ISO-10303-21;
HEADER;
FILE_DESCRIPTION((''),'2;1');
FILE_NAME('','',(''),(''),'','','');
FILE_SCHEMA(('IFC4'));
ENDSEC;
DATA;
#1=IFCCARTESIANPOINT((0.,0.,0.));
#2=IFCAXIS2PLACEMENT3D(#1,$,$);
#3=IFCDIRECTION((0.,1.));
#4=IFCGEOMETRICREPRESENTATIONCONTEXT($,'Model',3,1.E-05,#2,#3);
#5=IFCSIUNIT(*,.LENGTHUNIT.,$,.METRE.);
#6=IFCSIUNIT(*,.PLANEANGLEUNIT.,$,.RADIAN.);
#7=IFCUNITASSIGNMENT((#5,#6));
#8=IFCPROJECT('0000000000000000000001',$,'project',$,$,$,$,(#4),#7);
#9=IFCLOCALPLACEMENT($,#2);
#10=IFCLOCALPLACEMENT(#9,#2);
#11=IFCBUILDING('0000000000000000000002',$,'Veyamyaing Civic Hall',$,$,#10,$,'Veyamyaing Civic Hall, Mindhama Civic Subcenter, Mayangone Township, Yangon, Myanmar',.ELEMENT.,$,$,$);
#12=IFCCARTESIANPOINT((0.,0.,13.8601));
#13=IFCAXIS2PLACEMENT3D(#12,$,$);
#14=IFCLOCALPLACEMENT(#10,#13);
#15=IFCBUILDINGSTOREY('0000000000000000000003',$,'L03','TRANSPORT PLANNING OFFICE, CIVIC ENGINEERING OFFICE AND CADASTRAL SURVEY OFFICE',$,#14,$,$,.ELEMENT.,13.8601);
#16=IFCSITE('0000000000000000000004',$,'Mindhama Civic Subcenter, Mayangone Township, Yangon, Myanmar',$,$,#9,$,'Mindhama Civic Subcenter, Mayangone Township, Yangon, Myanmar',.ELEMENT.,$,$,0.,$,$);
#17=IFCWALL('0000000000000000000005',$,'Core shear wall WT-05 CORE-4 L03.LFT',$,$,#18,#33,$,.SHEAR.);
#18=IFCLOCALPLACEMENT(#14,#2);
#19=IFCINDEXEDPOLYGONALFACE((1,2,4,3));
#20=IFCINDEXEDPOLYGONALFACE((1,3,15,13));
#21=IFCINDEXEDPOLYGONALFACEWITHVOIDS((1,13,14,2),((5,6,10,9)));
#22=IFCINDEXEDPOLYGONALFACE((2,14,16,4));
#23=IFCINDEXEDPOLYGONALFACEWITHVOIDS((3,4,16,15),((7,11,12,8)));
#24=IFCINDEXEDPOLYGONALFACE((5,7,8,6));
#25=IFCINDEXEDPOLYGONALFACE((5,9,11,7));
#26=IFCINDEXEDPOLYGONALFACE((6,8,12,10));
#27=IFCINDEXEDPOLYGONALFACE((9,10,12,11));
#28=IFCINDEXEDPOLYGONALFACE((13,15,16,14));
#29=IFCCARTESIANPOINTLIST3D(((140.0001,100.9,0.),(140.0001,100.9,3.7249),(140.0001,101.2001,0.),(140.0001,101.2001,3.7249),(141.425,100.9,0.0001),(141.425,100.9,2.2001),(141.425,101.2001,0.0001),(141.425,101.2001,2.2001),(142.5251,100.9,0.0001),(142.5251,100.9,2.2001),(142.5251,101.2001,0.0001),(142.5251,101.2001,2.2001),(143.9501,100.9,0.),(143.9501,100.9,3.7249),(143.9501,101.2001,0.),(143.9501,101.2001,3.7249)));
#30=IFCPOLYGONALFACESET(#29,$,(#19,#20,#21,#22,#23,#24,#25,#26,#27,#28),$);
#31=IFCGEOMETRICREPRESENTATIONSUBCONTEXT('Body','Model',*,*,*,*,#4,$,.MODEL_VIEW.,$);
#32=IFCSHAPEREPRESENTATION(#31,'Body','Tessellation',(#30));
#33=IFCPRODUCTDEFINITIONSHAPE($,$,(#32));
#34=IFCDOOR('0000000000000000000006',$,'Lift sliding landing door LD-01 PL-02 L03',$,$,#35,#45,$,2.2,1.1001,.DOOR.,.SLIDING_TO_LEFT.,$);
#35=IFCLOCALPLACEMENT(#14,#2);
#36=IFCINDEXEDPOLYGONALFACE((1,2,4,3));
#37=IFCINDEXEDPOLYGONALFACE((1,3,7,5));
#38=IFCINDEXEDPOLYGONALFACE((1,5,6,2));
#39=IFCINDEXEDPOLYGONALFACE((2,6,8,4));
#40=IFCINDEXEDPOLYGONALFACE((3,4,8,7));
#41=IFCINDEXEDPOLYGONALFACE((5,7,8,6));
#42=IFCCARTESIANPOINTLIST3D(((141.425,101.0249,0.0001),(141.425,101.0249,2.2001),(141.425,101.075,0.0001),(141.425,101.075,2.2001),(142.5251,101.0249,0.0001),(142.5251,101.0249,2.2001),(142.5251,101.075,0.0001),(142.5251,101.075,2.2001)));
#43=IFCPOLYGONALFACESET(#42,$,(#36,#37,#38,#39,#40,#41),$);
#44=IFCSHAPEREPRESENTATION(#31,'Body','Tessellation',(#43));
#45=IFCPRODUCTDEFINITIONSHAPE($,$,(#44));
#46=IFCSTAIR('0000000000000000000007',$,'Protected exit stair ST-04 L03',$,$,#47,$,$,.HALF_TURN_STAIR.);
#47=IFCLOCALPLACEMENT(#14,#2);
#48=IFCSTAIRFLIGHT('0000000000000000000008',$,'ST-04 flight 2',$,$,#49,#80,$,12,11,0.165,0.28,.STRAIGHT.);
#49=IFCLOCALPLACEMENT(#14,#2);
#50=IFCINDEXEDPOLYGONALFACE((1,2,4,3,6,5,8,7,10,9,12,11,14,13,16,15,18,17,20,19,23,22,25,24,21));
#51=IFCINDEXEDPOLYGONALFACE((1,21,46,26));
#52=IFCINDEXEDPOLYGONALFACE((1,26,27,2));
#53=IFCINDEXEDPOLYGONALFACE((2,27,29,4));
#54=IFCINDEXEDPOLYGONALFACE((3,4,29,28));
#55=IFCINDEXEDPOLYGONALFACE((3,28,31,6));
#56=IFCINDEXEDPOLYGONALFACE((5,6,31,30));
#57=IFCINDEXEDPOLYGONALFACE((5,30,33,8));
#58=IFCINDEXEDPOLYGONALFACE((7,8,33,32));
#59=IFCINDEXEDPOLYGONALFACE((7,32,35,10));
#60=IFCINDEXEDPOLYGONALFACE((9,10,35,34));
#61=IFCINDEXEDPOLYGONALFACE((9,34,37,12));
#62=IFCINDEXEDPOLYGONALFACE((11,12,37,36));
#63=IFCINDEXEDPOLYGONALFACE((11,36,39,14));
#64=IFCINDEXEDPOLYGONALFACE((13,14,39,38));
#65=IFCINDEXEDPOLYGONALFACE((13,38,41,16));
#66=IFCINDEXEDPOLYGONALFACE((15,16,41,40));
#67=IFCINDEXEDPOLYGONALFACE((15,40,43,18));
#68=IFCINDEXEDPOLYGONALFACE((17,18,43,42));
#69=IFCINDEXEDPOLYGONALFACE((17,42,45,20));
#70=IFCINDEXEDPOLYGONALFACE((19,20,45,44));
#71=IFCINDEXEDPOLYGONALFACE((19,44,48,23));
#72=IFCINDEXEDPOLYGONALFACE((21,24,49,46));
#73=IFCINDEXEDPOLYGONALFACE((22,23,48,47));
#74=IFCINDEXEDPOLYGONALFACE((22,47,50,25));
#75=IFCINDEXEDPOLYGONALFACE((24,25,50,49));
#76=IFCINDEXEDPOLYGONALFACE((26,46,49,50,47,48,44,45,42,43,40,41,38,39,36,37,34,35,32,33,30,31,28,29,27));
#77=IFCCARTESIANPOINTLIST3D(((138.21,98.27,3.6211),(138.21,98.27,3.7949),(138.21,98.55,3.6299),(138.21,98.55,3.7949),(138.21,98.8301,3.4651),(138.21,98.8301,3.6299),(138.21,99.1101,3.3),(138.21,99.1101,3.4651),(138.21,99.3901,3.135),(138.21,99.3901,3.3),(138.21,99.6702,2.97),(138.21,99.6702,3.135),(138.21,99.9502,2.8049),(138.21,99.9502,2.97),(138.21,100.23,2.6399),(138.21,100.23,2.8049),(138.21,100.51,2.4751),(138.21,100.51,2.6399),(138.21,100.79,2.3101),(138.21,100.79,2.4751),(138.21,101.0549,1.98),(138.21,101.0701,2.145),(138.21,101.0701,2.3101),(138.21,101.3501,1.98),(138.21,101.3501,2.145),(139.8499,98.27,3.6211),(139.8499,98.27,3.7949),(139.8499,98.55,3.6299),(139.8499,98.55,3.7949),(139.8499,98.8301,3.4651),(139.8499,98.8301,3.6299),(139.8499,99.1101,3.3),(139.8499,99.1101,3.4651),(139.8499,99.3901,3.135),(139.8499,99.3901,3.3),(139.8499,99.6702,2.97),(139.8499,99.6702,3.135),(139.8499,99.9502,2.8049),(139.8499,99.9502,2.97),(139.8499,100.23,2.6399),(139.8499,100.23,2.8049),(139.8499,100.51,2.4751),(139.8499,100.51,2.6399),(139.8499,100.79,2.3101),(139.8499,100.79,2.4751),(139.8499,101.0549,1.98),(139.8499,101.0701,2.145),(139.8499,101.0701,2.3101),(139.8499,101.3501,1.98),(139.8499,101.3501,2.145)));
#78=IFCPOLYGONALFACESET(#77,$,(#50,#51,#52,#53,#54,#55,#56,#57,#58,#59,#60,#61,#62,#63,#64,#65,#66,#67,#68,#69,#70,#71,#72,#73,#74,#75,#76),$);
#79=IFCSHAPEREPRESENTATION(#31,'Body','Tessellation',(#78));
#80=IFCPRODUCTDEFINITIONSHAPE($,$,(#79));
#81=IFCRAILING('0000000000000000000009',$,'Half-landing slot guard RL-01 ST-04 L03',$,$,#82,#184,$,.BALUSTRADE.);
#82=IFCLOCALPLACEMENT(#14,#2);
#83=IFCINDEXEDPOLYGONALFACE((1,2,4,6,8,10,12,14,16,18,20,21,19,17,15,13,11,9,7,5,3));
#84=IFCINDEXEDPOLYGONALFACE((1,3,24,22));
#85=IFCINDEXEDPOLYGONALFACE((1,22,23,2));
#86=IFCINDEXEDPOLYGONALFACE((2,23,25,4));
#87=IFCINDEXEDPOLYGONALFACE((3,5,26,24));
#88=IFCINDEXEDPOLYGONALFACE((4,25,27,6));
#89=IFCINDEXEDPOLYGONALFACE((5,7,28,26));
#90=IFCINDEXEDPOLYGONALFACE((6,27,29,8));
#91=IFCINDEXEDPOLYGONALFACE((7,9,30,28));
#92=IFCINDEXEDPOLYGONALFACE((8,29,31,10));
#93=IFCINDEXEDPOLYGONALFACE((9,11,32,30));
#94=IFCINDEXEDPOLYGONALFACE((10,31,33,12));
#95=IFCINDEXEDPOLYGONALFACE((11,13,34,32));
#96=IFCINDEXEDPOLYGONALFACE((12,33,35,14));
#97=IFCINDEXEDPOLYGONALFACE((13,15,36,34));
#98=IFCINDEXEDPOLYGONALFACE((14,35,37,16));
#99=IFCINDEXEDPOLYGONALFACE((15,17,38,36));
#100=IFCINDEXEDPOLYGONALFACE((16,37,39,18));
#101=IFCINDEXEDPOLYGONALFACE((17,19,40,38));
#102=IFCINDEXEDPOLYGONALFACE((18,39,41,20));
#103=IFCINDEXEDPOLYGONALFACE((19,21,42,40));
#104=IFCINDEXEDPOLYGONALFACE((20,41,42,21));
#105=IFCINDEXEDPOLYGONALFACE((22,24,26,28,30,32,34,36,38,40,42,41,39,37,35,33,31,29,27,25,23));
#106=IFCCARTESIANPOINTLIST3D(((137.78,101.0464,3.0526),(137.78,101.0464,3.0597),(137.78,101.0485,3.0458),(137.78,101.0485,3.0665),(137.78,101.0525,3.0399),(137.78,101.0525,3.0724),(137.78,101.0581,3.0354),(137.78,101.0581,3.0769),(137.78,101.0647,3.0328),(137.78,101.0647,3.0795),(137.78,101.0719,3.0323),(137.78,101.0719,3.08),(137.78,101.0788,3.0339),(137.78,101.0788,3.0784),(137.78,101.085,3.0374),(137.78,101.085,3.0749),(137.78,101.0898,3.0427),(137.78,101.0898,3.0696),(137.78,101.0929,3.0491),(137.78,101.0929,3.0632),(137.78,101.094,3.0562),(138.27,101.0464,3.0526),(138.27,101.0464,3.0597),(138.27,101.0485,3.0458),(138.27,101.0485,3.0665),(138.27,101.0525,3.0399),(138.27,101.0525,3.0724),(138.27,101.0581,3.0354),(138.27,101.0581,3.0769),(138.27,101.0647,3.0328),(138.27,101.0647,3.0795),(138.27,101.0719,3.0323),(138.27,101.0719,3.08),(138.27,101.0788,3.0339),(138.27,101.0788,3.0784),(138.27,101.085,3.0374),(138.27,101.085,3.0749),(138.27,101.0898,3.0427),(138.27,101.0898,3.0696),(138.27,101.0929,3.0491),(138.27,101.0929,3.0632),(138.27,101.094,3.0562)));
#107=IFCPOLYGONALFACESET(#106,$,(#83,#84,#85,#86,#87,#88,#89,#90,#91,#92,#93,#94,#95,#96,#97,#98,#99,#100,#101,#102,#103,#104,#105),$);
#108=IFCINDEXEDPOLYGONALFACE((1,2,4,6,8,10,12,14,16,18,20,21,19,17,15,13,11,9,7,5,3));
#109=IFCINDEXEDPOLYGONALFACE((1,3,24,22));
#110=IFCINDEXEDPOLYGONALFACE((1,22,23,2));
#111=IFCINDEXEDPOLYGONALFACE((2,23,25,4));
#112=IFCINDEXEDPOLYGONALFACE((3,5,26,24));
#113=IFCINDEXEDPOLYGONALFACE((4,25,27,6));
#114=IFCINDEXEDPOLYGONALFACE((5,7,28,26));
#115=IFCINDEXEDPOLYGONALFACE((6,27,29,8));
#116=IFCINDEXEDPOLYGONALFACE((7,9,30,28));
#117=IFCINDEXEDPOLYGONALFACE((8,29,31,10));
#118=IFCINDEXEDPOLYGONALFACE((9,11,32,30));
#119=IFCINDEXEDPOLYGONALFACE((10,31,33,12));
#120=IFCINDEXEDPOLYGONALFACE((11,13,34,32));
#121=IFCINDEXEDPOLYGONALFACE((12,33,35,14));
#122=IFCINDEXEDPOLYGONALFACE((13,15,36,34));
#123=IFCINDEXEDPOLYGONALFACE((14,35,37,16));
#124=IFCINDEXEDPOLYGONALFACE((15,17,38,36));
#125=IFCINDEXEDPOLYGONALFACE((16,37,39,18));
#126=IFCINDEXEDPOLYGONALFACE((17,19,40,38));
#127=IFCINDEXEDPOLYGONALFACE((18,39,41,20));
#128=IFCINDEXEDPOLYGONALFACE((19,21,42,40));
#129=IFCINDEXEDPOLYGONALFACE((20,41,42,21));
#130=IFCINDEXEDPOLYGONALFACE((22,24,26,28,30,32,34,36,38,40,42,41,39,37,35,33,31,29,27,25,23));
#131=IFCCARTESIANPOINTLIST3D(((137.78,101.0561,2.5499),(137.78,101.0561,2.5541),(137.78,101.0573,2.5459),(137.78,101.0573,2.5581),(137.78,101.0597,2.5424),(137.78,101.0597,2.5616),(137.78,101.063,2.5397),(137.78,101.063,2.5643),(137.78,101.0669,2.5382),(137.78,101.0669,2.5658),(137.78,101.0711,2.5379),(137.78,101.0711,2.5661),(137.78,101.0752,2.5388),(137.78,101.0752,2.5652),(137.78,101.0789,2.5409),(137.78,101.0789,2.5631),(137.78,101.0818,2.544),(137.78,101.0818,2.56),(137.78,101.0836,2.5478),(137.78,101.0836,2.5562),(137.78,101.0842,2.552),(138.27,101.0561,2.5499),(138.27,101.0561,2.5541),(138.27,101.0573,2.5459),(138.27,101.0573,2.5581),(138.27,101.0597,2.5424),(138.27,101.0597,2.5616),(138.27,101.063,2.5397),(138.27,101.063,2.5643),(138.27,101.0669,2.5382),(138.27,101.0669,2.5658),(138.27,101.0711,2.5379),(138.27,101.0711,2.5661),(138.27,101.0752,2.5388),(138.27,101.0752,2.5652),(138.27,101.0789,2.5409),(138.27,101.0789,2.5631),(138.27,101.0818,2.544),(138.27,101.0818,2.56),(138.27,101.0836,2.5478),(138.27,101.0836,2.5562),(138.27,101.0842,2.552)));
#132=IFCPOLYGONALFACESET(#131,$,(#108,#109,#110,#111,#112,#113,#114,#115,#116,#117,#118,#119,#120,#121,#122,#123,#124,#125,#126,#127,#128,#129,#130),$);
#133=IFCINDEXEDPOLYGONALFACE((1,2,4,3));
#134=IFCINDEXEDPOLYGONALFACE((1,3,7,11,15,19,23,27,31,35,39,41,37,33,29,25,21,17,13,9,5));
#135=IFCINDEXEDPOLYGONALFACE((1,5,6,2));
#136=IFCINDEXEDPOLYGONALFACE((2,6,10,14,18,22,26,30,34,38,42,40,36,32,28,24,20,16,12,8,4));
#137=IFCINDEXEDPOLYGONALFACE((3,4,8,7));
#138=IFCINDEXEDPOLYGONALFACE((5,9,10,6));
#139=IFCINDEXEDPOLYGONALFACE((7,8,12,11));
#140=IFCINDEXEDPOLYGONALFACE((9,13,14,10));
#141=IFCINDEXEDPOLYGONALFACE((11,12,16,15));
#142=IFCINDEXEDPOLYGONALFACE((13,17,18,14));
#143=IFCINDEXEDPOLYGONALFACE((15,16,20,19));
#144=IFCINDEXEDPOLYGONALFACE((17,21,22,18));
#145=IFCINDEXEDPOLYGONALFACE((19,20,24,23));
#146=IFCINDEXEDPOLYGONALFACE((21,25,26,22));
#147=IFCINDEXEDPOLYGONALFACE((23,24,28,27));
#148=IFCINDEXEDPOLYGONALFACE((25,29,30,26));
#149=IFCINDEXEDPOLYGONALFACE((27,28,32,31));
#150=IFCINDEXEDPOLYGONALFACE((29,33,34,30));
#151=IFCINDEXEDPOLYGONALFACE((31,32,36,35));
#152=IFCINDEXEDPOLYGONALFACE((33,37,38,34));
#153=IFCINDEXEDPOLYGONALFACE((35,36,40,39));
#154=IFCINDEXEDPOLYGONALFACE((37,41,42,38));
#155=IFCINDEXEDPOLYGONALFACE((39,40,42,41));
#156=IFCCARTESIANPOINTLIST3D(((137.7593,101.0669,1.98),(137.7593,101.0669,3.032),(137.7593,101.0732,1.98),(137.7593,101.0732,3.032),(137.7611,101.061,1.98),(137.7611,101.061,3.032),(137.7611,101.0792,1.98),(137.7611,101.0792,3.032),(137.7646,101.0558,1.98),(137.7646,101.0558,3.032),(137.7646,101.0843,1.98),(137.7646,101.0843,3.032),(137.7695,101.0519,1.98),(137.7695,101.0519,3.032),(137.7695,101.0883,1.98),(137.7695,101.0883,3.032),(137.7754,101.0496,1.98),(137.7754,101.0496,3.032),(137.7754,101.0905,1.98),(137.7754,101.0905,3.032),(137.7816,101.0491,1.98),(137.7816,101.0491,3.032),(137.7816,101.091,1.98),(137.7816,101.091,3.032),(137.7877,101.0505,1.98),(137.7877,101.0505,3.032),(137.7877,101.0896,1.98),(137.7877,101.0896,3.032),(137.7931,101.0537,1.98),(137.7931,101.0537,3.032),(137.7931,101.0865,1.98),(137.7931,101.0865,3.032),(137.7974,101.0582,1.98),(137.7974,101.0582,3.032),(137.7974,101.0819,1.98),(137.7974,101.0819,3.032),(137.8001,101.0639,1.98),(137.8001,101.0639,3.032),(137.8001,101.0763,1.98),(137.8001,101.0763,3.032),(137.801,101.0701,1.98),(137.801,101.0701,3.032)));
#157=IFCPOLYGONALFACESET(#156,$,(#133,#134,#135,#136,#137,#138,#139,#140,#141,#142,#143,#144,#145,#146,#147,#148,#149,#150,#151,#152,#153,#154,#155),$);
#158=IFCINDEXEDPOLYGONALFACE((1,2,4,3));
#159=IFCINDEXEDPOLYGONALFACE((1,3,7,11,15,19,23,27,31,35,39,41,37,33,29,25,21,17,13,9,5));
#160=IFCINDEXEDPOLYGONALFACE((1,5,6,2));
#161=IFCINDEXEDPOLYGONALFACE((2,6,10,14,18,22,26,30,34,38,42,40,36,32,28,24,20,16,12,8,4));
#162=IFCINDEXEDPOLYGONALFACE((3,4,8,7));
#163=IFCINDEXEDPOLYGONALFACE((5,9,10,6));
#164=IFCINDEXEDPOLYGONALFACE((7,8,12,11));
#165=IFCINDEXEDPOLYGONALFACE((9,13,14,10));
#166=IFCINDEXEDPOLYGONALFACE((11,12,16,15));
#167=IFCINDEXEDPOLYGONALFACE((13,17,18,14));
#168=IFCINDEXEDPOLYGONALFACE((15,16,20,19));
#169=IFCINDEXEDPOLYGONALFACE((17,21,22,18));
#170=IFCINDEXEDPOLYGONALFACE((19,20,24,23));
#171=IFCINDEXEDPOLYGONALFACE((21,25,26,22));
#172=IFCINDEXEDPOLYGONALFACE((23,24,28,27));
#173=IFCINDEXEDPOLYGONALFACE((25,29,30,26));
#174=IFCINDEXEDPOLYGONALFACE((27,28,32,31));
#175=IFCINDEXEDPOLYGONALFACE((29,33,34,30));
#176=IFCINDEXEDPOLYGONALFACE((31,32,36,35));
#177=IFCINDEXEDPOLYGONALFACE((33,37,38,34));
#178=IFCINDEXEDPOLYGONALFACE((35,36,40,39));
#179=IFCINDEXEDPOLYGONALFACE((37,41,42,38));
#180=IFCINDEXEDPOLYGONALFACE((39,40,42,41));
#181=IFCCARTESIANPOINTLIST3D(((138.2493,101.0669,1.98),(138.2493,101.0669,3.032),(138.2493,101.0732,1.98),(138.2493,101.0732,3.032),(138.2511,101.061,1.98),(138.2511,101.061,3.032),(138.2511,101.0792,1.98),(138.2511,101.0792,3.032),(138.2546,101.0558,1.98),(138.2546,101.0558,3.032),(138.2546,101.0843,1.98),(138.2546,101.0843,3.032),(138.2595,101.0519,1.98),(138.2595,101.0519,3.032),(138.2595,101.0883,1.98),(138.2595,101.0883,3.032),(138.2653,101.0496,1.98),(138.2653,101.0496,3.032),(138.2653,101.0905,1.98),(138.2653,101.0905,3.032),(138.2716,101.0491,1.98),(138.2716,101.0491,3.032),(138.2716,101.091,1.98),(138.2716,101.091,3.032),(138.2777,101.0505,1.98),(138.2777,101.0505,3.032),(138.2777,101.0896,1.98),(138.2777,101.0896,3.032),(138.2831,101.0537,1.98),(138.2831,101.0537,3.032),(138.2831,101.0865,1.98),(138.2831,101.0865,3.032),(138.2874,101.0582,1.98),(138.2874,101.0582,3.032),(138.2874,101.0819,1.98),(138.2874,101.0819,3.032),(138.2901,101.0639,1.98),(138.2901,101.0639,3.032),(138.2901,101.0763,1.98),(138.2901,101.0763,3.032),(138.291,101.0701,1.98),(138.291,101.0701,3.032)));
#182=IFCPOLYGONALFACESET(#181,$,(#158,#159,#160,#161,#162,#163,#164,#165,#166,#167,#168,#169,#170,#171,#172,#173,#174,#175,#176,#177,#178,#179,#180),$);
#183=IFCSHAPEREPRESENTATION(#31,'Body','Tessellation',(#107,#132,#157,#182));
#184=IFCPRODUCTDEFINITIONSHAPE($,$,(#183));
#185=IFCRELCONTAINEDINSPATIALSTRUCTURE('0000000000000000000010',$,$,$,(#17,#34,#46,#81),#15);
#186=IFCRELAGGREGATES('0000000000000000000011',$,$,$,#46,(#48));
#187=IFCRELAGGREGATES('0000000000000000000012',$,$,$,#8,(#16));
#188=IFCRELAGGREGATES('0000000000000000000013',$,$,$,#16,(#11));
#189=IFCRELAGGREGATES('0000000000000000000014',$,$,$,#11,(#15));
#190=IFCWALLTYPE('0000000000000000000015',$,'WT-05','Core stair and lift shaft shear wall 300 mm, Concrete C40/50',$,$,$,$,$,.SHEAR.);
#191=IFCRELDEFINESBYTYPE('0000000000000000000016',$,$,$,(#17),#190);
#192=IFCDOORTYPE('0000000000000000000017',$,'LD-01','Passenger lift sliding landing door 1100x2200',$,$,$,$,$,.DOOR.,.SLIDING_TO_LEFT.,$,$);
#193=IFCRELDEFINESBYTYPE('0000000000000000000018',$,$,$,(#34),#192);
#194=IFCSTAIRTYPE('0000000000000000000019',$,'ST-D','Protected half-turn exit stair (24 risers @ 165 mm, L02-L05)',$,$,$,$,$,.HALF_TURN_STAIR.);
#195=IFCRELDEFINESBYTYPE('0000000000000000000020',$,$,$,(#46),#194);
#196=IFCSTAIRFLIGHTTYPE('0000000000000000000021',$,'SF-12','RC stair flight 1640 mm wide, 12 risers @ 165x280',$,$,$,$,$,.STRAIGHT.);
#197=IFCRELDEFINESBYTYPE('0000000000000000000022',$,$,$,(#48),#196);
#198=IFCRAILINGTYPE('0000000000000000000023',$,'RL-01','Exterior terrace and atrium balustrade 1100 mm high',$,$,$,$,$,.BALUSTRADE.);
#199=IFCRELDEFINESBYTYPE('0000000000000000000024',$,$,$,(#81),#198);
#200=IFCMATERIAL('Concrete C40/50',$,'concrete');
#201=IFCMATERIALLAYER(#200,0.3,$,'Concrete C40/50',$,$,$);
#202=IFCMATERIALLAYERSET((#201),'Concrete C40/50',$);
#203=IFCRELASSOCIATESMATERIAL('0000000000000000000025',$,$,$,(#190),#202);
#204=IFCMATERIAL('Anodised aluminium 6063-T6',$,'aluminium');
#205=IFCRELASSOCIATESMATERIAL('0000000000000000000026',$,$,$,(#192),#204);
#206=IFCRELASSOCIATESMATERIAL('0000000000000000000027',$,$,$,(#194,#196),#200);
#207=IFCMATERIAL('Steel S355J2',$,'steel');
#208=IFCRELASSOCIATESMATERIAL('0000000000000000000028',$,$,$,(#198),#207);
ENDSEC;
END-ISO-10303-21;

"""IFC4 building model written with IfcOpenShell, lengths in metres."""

from ifc_helpers import new_model, si_unit, direction, frame, frame_2d, origin, origin_2d, place, context, subcontext, project, spatial, polyline, rectangle, circle, outline, extrude, material, layer, layer_set, type_object, element, fill, aggregate, save


model = new_model("IFC4")

# Units and contexts
model_context = context("Model", 3, precision=1e-05, world=origin(), true_north=direction((0.0, 1.0)))
body_context = subcontext(model_context, "Body", "Model", "MODEL_VIEW")
ifc_project = project(units=[si_unit("LENGTHUNIT", "METRE"), si_unit("PLANEANGLEUNIT", "RADIAN")], contexts=[model_context])

# Site, building, storey
site_placement = place(None, origin())
site = spatial("IfcSite", under=ifc_project, at=site_placement, Name="Mindhama Civic Subcenter, Mayangone Township, Yangon, Myanmar", LongName="Mindhama Civic Subcenter, Mayangone Township, Yangon, Myanmar", CompositionType="ELEMENT", RefElevation=0.0)
building_placement = place(site_placement, origin())
building = spatial("IfcBuilding", under=site, at=building_placement, Name="Veyamyaing Civic Hall", LongName="Veyamyaing Civic Hall, Mindhama Civic Subcenter, Mayangone Township, Yangon, Myanmar", CompositionType="ELEMENT")
storey_placement = place(building_placement, frame((0.0, 0.0, 13.8601)))
storey = spatial("IfcBuildingStorey", under=building, at=storey_placement, Name="L03", Description="TRANSPORT PLANNING OFFICE, CIVIC ENGINEERING OFFICE AND CADASTRAL SURVEY OFFICE", CompositionType="ELEMENT", Elevation=13.8601)

# Shared definitions
ifc_material_1 = material(Name="Concrete C40/50", Category="concrete")
ifc_layer_1 = layer(ifc_material_1, 0.3, Name="Concrete C40/50")
ifc_layer_set_1 = layer_set([ifc_layer_1], Name="Concrete C40/50")
wall_type_1 = type_object("IfcWallType", Name="WT-05", Description="Core stair and lift shaft shear wall 300 mm, Concrete C40/50", PredefinedType="SHEAR", material=ifc_layer_set_1)

# Wall, opening, door
wall_1_placement = place(storey_placement, frame((140.0, 101.05, 0.0), z_axis=(0.0, 0.0, 1.0), x_axis=(1.0, 0.0, 0.0)))
wall_1 = element("IfcWall", 1, at=wall_1_placement, inside=storey, type_object=wall_type_1, Name="Core shear wall WT-05 CORE-4 L03.LFT", PredefinedType="SHEAR", context=body_context, shape_type="SweptSolid", body=[
    extrude(rectangle(XDim=3.95, YDim=0.3, at=frame_2d((1.9751, 0.0))), origin(), (0.0, 0.0, 1.0), 3.7249),
])
opening_1_placement = place(wall_1_placement, frame((1.425, 0.0, 0.0)))
opening_1 = element("IfcOpeningElement", 2, at=opening_1_placement, cuts=wall_1, PredefinedType="OPENING", context=body_context, shape_type="SweptSolid", body=[
    extrude(rectangle(XDim=1.1001, YDim=2.2, at=frame_2d((0.55, 1.1001))), frame((0.0, 0.1599, 0.0), z_axis=(0.0, -1.0, 0.0), x_axis=(1.0, 0.0, 0.0)), (0.0, 0.0, 1.0), 0.3201),
])
ifc_material_2 = material(Name="Anodised aluminium 6063-T6", Category="aluminium")
door_type_1 = type_object("IfcDoorType", Name="LD-01", Description="Passenger lift sliding landing door 1100x2200", OperationType="SLIDING_TO_LEFT", PredefinedType="DOOR", material=ifc_material_2)
door_1_placement = place(opening_1_placement, origin())
door_1 = element("IfcDoor", 3, at=door_1_placement, inside=storey, type_object=door_type_1, Name="Lift sliding landing door LD-01 PL-02 L03", OperationType="SLIDING_TO_LEFT", OverallHeight=2.2, OverallWidth=1.1001, PredefinedType="DOOR", context=body_context, shape_type="SweptSolid", body=[
    extrude(rectangle(XDim=1.1001, YDim=2.2, at=frame_2d((0.55, 1.1001))), frame((0.0, 0.0249, 0.0), z_axis=(0.0, -1.0, 0.0), x_axis=(1.0, 0.0, 0.0)), (0.0, 0.0, 1.0), 0.05),
])
fill(opening_1, door_1)

# Stair, stair flight
stair_type = type_object("IfcStairType", Name="ST-D", Description="Protected half-turn exit stair (24 risers @ 165 mm, L02-L05)", PredefinedType="HALF_TURN_STAIR", material=ifc_material_1)
stair_placement = place(storey_placement, origin())
stair = element("IfcStair", 4, at=stair_placement, inside=storey, type_object=stair_type, Name="Protected exit stair ST-04 L03", PredefinedType="HALF_TURN_STAIR")
stair_flight_type = type_object("IfcStairFlightType", Name="SF-12", Description="RC stair flight 1640 mm wide, 12 risers @ 165x280", PredefinedType="STRAIGHT", material=ifc_material_1)
stair_flight_placement = place(storey_placement, frame((139.03, 101.3501, 1.98), z_axis=(0.0, 0.0, 1.0), x_axis=(0.0, -1.0, 0.0)))
stair_flight = element("IfcStairFlight", 5, at=stair_flight_placement, type_object=stair_flight_type, Name="ST-04 flight 2", NumberOfRisers=12, NumberOfTreads=11, PredefinedType="STRAIGHT", RiserHeight=0.165, TreadLength=0.28, context=body_context, shape_type="SweptSolid", body=[
    extrude(outline(polyline([(0.0, 0.0), (0.0, 0.165), (0.28, 0.165), (0.28, 0.3301), (0.5601, 0.3301), (0.5601, 0.4951), (0.8401, 0.4951), (0.8401, 0.6599), (1.1201, 0.6599), (1.1201, 0.825), (1.3999, 0.825), (1.3999, 0.99), (1.6799, 0.99), (1.6799, 1.155), (1.96, 1.155), (1.96, 1.3201), (2.24, 1.3201), (2.24, 1.4851), (2.52, 1.4851), (2.52, 1.6499), (2.8, 1.6499), (2.8, 1.8149), (3.0801, 1.8149), (3.0801, 1.98), (3.0801, 1.6411), (0.2952, 0.0), (0.0, 0.0)])), frame((0.0, 0.8198, 0.0), z_axis=(0.0, -1.0, 0.0), x_axis=(1.0, 0.0, 0.0)), (0.0, 0.0, 1.0), 1.6399),
])
aggregate(stair, [stair_flight])

# Railing
ifc_material_3 = material(Name="Steel S355J2", Category="steel")
railing_type_1 = type_object("IfcRailingType", Name="RL-01", Description="Exterior terrace and atrium balustrade 1100 mm high", PredefinedType="BALUSTRADE", material=ifc_material_3)
railing_1_placement = place(storey_placement, frame((137.78, 101.0701, 1.98)))
element("IfcRailing", 6, at=railing_1_placement, inside=storey, type_object=railing_type_1, Name="Half-landing slot guard RL-01 ST-04 L03", PredefinedType="BALUSTRADE", context=body_context, shape_type="SweptSolid", body=[
    extrude(circle(Radius=0.0239, at=origin_2d()), frame((0.0, 0.0, 1.0762), z_axis=(1.0, 0.0, 0.0), x_axis=(0.0, 1.0, 0.0)), (0.0, 0.0, 1.0), 0.49),
    extrude(circle(Radius=0.0142, at=origin_2d()), frame((0.0, 0.0, 0.572), z_axis=(1.0, 0.0, 0.0), x_axis=(0.0, 1.0, 0.0)), (0.0, 0.0, 1.0), 0.49),
    extrude(circle(Radius=0.021, at=origin_2d()), origin(), (0.0, 0.0, 1.0), 1.052),
    extrude(circle(Radius=0.021, at=origin_2d()), frame((0.49, 0.0, 0.0)), (0.0, 0.0, 1.0), 1.052),
])

save(model, "model.ifc")
